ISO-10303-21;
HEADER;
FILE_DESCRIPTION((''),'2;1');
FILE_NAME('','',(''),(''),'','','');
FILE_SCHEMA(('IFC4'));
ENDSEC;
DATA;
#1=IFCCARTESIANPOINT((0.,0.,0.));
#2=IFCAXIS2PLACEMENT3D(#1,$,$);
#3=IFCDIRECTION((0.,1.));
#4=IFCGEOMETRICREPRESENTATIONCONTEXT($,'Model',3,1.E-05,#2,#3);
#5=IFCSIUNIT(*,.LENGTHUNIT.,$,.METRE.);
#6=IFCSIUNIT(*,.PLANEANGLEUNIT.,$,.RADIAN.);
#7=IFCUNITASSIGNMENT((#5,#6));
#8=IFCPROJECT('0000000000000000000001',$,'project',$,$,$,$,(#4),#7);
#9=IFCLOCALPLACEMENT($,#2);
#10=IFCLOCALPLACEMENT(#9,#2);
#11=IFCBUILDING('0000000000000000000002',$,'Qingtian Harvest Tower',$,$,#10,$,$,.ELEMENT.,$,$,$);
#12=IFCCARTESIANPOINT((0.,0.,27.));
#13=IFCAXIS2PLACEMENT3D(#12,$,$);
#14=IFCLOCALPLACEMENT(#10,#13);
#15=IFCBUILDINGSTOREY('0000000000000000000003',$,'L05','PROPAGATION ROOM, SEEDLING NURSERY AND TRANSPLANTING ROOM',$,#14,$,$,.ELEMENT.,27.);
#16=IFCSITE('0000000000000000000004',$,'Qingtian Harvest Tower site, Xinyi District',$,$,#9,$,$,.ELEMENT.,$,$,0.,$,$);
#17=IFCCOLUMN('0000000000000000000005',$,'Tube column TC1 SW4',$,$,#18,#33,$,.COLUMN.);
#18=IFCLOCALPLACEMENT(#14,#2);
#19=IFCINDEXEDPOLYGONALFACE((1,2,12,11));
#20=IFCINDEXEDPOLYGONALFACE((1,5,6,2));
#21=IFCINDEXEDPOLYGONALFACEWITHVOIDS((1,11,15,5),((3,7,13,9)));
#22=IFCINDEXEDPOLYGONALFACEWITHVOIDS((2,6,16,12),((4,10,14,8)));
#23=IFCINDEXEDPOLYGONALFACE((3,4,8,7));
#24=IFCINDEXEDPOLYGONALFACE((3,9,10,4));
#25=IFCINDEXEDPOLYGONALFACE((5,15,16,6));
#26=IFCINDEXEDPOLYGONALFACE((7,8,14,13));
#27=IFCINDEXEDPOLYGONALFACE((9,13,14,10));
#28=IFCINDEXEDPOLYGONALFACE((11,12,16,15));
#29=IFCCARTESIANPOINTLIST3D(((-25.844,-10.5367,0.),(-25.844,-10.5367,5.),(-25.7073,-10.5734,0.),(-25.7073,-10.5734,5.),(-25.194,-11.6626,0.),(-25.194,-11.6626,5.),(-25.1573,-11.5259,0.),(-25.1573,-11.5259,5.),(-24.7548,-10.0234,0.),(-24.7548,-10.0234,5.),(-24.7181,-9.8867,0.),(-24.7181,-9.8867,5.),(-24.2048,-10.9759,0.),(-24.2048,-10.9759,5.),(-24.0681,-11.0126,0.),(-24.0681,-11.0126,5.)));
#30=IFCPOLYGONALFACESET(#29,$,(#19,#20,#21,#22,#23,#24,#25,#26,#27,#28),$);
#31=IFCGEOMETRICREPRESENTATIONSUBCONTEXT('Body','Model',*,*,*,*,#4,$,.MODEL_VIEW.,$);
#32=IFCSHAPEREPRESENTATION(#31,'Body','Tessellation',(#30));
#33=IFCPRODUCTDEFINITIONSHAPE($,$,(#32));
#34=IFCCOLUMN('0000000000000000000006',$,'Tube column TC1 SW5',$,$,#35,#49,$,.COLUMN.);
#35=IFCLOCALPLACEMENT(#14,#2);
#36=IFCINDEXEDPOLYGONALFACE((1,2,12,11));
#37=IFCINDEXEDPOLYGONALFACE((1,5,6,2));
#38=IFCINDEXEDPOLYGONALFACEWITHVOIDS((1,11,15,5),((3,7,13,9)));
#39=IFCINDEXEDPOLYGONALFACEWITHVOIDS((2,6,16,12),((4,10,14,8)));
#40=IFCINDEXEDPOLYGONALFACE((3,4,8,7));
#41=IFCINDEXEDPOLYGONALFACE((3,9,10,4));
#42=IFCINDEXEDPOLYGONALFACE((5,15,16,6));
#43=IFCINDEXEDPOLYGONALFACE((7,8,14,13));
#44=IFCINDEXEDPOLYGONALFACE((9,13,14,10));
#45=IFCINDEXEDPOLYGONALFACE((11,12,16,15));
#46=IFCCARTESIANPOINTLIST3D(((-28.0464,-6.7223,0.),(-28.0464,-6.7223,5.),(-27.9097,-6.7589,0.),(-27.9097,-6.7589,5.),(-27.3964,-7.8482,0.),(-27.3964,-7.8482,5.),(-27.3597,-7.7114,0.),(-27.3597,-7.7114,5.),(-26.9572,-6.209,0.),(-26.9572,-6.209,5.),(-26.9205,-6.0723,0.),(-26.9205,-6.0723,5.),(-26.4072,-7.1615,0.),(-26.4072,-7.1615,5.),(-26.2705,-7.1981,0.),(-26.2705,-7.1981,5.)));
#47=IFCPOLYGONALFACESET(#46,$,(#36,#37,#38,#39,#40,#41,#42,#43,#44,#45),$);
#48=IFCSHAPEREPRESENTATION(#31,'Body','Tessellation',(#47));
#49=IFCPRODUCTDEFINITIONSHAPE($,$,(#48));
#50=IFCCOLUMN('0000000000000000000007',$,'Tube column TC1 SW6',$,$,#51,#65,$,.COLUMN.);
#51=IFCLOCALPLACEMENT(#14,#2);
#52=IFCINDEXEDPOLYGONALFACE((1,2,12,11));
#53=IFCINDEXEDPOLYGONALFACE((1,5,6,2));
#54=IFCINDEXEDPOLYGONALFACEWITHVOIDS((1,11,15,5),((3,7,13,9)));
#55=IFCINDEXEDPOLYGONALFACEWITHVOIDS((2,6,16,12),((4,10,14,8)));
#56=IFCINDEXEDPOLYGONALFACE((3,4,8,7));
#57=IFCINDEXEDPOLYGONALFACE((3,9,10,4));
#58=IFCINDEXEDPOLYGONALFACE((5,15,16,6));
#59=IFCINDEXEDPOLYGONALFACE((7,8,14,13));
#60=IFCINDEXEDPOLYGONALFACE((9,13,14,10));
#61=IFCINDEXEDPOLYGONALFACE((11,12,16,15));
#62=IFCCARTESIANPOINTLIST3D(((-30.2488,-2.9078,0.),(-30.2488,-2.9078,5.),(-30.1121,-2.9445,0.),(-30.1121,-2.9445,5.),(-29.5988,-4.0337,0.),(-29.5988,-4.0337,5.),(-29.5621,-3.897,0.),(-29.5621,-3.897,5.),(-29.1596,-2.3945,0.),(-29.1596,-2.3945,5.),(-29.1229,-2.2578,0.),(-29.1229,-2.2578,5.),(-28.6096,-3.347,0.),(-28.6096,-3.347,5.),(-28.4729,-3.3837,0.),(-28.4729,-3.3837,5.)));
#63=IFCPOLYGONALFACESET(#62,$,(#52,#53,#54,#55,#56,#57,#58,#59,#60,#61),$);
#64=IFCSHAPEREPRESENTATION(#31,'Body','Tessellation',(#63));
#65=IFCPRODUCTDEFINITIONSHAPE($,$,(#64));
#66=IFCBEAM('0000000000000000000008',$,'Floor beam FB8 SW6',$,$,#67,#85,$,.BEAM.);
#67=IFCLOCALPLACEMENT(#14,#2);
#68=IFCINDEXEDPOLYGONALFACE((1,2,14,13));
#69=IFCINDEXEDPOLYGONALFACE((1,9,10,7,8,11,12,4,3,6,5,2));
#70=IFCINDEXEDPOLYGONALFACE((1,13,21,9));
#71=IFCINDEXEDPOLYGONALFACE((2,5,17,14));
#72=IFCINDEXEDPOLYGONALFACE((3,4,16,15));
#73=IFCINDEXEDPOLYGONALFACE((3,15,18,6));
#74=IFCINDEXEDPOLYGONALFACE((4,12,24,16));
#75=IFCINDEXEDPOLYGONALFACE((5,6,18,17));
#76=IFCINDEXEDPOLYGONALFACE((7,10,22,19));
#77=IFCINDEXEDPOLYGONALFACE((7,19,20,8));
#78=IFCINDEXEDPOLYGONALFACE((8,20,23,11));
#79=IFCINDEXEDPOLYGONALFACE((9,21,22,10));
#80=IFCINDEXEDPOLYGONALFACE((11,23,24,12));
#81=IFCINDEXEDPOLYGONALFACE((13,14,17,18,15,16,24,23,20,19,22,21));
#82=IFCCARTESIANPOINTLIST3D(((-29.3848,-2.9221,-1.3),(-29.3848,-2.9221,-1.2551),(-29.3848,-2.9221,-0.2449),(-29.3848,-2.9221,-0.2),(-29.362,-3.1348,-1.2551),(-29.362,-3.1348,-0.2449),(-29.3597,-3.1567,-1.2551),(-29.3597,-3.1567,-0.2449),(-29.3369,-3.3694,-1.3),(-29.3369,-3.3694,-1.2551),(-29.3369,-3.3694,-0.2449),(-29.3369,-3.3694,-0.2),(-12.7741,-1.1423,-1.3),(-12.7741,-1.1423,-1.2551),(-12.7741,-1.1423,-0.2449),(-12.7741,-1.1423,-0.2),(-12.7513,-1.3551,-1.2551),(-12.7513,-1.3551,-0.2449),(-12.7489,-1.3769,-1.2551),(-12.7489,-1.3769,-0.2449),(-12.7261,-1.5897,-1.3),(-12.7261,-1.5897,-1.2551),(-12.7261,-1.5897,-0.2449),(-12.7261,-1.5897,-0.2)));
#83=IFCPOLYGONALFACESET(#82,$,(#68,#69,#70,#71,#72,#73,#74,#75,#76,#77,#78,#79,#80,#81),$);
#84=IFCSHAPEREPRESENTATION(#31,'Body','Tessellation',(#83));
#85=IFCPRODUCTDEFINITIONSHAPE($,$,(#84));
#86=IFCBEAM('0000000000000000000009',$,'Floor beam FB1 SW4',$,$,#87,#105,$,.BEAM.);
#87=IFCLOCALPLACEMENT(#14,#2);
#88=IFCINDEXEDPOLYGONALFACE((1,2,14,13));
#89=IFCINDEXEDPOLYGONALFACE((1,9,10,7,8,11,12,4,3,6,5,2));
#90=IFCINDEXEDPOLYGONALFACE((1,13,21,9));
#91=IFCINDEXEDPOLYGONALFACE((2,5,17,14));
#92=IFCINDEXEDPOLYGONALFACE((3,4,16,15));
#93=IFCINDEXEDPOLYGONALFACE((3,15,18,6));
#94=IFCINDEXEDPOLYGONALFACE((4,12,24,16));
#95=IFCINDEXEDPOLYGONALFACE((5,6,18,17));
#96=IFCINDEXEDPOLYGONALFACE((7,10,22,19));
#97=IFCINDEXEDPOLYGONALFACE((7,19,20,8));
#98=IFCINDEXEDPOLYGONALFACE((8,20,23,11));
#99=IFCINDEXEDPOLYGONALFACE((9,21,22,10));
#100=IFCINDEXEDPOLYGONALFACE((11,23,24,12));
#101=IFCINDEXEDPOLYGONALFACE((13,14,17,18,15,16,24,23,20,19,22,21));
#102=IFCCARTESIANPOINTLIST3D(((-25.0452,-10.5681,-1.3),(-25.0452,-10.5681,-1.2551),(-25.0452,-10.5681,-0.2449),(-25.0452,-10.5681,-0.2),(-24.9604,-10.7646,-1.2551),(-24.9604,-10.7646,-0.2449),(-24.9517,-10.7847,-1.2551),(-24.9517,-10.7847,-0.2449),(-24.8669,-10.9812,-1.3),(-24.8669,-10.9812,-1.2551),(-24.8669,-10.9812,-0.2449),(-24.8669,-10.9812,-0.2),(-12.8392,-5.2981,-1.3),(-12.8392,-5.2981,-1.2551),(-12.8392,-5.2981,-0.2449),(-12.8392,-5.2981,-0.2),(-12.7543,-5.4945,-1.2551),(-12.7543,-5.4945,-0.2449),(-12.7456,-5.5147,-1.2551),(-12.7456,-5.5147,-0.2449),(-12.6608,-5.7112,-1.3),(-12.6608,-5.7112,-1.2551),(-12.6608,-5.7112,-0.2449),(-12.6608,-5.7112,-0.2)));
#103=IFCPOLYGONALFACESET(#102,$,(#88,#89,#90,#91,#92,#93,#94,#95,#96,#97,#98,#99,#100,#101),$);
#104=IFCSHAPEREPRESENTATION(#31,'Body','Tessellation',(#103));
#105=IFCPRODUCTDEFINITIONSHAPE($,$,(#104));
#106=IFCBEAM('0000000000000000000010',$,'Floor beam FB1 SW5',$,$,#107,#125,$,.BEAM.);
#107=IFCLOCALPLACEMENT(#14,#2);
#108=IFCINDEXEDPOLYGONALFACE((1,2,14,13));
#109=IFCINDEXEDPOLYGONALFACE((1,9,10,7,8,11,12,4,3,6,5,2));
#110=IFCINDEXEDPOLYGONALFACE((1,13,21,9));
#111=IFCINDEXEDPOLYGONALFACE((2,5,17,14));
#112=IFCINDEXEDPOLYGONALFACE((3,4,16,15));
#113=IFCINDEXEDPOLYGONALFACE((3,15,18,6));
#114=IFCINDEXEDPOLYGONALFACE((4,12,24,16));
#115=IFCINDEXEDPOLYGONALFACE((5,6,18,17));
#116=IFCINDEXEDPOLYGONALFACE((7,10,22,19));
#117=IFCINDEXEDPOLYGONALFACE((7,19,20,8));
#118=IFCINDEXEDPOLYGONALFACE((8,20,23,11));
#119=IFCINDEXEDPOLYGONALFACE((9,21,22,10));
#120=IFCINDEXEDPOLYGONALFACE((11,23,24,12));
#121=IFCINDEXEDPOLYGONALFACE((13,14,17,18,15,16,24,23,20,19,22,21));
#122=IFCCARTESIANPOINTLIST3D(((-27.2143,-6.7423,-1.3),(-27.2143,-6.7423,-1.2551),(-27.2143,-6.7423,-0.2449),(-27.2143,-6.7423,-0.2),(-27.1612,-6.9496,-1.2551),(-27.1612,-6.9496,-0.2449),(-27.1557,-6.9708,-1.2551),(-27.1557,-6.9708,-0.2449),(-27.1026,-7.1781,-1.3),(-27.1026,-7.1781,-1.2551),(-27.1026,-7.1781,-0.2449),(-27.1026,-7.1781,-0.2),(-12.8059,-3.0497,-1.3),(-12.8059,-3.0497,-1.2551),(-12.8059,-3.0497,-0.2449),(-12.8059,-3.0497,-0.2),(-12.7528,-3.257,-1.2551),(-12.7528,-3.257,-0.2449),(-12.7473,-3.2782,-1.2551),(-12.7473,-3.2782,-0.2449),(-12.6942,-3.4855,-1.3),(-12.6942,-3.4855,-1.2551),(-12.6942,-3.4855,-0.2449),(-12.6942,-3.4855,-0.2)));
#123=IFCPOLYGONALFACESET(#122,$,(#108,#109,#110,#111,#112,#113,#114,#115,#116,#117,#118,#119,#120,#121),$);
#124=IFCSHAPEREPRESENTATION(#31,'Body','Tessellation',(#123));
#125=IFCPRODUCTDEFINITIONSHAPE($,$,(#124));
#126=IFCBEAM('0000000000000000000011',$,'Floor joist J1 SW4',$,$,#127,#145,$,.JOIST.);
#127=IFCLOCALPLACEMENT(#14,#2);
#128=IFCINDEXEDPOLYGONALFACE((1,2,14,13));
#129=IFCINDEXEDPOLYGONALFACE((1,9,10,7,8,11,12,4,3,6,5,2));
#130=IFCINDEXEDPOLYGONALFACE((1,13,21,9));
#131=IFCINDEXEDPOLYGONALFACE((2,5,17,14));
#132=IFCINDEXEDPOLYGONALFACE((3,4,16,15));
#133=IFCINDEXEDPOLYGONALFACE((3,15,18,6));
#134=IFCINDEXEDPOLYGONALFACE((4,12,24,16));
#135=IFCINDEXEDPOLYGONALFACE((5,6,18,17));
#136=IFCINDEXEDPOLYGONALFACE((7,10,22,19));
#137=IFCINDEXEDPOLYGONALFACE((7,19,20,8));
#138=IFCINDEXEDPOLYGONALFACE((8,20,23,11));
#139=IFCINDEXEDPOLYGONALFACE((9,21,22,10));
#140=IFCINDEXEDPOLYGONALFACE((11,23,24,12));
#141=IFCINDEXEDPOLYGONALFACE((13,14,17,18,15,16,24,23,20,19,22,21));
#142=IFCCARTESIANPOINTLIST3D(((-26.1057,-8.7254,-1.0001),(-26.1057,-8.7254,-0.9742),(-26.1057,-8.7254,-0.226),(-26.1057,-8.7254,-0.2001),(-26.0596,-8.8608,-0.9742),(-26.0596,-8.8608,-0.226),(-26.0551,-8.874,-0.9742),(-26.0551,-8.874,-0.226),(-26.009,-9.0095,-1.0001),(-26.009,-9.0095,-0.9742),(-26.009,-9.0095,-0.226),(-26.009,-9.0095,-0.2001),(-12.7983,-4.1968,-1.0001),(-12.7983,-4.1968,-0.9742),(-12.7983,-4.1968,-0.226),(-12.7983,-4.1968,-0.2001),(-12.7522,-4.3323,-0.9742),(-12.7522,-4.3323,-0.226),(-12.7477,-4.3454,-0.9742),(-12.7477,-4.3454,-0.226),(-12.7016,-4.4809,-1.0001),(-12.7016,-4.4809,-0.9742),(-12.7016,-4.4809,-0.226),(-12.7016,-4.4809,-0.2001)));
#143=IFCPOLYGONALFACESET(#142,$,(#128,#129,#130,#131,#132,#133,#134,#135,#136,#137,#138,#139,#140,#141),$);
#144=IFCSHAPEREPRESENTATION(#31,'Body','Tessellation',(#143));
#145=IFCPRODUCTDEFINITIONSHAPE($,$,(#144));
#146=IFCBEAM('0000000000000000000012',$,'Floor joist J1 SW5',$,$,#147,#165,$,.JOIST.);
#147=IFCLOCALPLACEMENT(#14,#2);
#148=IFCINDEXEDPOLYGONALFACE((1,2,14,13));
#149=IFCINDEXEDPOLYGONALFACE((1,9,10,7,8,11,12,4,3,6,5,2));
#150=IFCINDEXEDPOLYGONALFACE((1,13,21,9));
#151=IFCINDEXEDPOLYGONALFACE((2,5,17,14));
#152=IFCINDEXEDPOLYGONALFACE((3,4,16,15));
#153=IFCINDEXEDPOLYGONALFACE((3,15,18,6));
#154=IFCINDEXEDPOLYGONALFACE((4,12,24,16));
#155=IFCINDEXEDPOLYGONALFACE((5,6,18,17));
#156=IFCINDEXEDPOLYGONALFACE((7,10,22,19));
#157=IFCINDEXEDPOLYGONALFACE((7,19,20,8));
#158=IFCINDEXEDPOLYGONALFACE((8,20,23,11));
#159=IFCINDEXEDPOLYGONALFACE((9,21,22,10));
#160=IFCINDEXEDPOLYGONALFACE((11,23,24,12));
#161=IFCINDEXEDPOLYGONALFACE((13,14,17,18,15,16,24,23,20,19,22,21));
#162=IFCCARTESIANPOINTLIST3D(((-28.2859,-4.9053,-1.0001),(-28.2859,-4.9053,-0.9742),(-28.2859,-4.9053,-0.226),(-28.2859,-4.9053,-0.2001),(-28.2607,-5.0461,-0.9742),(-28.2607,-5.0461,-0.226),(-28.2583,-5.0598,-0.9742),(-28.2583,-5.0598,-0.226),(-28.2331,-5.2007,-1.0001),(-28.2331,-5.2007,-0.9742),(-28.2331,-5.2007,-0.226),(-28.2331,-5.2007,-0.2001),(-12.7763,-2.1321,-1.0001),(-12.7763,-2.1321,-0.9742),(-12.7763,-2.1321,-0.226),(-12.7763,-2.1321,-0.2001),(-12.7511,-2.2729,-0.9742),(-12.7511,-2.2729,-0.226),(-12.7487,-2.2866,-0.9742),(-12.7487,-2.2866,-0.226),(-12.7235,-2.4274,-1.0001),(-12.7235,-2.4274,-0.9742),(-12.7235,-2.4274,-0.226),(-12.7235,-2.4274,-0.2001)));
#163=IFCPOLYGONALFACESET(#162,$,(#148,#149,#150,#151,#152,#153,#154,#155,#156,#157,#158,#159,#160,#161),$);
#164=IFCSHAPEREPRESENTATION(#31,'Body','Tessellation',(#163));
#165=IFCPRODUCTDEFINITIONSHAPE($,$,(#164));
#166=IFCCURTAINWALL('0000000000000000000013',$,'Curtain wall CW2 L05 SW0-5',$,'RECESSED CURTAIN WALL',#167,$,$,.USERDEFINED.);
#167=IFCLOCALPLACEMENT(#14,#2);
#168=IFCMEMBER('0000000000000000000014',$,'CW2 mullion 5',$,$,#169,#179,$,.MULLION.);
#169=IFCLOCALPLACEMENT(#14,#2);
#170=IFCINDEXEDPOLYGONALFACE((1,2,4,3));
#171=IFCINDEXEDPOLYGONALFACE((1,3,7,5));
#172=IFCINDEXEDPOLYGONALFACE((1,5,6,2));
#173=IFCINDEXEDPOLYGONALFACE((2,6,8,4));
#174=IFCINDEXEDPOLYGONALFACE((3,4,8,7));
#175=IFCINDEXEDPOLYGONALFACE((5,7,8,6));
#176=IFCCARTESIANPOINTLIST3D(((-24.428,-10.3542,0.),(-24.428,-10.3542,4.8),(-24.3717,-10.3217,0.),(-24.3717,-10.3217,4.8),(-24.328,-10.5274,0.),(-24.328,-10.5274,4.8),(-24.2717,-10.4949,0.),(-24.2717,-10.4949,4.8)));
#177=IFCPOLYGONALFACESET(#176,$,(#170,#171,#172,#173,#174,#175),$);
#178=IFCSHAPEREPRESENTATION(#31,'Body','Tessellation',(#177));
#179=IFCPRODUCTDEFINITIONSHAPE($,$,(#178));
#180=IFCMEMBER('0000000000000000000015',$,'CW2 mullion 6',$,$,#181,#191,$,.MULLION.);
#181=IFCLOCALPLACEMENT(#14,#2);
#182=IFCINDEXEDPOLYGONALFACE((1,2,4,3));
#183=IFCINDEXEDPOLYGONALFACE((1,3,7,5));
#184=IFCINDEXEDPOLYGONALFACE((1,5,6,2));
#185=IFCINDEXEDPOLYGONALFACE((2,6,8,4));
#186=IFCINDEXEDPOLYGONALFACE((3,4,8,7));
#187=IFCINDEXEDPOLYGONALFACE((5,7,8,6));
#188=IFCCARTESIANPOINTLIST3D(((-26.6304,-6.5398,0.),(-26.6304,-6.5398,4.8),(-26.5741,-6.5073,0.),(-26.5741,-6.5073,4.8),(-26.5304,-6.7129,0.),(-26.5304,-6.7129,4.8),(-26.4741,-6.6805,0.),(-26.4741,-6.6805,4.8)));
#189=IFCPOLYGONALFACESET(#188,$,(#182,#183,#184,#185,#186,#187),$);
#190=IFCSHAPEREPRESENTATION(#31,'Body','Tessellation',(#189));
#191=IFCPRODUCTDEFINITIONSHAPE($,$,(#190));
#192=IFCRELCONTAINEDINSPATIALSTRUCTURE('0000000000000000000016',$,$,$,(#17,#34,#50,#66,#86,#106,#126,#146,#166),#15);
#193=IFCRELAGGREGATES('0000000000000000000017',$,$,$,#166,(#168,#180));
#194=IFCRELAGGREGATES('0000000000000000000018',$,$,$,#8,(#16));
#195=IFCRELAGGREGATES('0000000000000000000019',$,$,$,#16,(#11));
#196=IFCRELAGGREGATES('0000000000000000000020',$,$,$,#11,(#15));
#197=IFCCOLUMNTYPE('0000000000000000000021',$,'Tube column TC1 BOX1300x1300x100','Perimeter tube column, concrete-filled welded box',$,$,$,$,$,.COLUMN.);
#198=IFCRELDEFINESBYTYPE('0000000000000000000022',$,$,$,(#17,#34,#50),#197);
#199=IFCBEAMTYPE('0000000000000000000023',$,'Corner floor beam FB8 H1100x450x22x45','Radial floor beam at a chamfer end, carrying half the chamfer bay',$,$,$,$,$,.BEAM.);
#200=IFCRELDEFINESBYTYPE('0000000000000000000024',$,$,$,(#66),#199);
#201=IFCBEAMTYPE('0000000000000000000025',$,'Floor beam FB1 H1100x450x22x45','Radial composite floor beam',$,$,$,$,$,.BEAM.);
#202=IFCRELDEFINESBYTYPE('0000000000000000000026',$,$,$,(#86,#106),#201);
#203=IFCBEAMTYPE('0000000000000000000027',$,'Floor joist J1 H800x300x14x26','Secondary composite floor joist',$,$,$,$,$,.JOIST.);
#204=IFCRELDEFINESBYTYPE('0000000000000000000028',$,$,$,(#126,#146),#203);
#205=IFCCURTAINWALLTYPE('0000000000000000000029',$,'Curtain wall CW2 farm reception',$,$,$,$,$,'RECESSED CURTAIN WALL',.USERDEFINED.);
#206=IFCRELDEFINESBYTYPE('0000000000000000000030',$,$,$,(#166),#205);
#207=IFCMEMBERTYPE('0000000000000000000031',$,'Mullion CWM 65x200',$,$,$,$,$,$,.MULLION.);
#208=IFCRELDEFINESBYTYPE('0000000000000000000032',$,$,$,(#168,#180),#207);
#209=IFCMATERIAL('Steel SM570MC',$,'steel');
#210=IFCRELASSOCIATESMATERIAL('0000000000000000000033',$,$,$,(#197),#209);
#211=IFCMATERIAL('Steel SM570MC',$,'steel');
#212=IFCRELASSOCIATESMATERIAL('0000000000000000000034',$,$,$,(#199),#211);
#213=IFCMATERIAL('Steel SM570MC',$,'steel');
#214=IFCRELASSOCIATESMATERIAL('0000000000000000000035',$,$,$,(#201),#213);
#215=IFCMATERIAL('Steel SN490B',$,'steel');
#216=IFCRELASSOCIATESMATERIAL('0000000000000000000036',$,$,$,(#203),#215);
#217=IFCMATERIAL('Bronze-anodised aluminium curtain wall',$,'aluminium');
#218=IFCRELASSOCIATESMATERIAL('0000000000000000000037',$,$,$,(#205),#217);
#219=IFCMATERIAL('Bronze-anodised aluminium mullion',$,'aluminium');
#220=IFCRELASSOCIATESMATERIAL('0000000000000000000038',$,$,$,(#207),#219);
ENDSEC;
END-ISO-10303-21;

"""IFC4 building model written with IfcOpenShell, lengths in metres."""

from ifc_helpers import new_model, si_unit, direction, frame, origin, origin_2d, place, context, subcontext, project, spatial, rectangle, hollow_rectangle, i_section, extrude, material, material_profile, profile_set, type_object, element, aggregate, save


model = new_model("IFC4")

# Units and contexts
model_context = context("Model", 3, precision=1e-05, world=origin(), true_north=direction((0.0, 1.0)))
body_context = subcontext(model_context, "Body", "Model", "MODEL_VIEW")
ifc_project = project(units=[si_unit("LENGTHUNIT", "METRE"), si_unit("PLANEANGLEUNIT", "RADIAN")], contexts=[model_context])

# Site, building, storey
site_placement = place(None, origin())
site = spatial("IfcSite", under=ifc_project, at=site_placement, Name="Qingtian Harvest Tower site, Xinyi District", CompositionType="ELEMENT", RefElevation=0.0)
building_placement = place(site_placement, origin())
building = spatial("IfcBuilding", under=site, at=building_placement, Name="Qingtian Harvest Tower", CompositionType="ELEMENT")
storey_placement = place(building_placement, frame((0.0, 0.0, 27.0)))
storey = spatial("IfcBuildingStorey", under=building, at=storey_placement, Name="L05", Description="PROPAGATION ROOM, SEEDLING NURSERY AND TRANSPLANTING ROOM", CompositionType="ELEMENT", Elevation=27.0)

# Columns
ifc_material_1 = material(Name="Steel SM570MC", Category="steel")
ifc_material_profile_1 = material_profile(ifc_material_1, hollow_rectangle(XDim=1.3, YDim=1.3, WallThickness=0.1001, at=origin_2d()), Name="BOX1300x1300x100")
ifc_profile_set_1 = profile_set([ifc_material_profile_1], Name="Steel SM570MC")
column_type = type_object("IfcColumnType", Name="Tube column TC1 BOX1300x1300x100", Description="Perimeter tube column, concrete-filled welded box", PredefinedType="COLUMN", material=ifc_profile_set_1)
for number, where, z_axis, x_axis, name in (
    (1, (-24.9561, -10.7747, 0.0), (0.0, 0.0, 1.0), (0.5, -0.866025, 0.0), "Tube column TC1 SW4"),
    (2, (-27.1584, -6.9602, 0.0), (0.0, 0.0, 1.0), (0.5, -0.866025, 0.0), "Tube column TC1 SW5"),
    (3, (-29.3608, -3.1458, 0.0), (0.0, 0.0, 1.0), (0.5, -0.866025, 0.0), "Tube column TC1 SW6"),
):
    element("IfcColumn", number, at=place(storey_placement, frame(where, z_axis=z_axis, x_axis=x_axis)), inside=storey, type_object=column_type, Name=name, PredefinedType="COLUMN", context=body_context, shape_type="SweptSolid", body=[
        extrude(hollow_rectangle(XDim=1.3, YDim=1.3, WallThickness=0.1001, at=origin_2d()), origin(), (0.0, 0.0, 1.0), 5.0),
    ])

# Beams
ifc_material_2 = material(Name="Steel SM570MC", Category="steel")
ifc_material_profile_2 = material_profile(ifc_material_2, i_section(OverallWidth=0.45, OverallDepth=1.1001, WebThickness=0.022, FlangeThickness=0.0449, at=origin_2d()), Name="H1100x450x22x45")
ifc_profile_set_2 = profile_set([ifc_material_profile_2], Name="Steel SM570MC")
beam_type_1 = type_object("IfcBeamType", Name="Corner floor beam FB8 H1100x450x22x45", Description="Radial floor beam at a chamfer end, carrying half the chamfer bay", PredefinedType="BEAM", material=ifc_profile_set_2)
beam_1_placement = place(storey_placement, frame((-29.3608, -3.1458, -0.75), z_axis=(0.994309, 0.106536, 0.0), x_axis=(-0.106536, 0.994309, 0.0)))
element("IfcBeam", 4, at=beam_1_placement, inside=storey, type_object=beam_type_1, Name="Floor beam FB8 SW6", PredefinedType="BEAM", context=body_context, shape_type="SweptSolid", body=[
    extrude(i_section(OverallWidth=0.45, OverallDepth=1.1001, WebThickness=0.022, FlangeThickness=0.0449, at=origin_2d()), origin(), (0.0, 0.0, 1.0), 16.7058),
])
ifc_material_3 = material(Name="Steel SM570MC", Category="steel")
ifc_material_profile_3 = material_profile(ifc_material_3, i_section(OverallWidth=0.45, OverallDepth=1.1001, WebThickness=0.022, FlangeThickness=0.0449, at=origin_2d()), Name="H1100x450x22x45")
ifc_profile_set_3 = profile_set([ifc_material_profile_3], Name="Steel SM570MC")
beam_type_2 = type_object("IfcBeamType", Name="Floor beam FB1 H1100x450x22x45", Description="Radial composite floor beam", PredefinedType="BEAM", material=ifc_profile_set_3)
beam_2_placement = place(storey_placement, frame((-24.9561, -10.7747, -0.75), z_axis=(0.918084, 0.396387, 0.0), x_axis=(-0.396387, 0.918084, 0.0)))
element("IfcBeam", 5, at=beam_2_placement, inside=storey, type_object=beam_type_2, Name="Floor beam FB1 SW4", PredefinedType="BEAM", context=body_context, shape_type="SweptSolid", body=[
    extrude(i_section(OverallWidth=0.45, OverallDepth=1.1001, WebThickness=0.022, FlangeThickness=0.0449, at=origin_2d()), origin(), (0.0, 0.0, 1.0), 13.2952),
])
beam_3_placement = place(storey_placement, frame((-27.1584, -6.9602, -0.75), z_axis=(0.968694, 0.248259, 0.0), x_axis=(-0.248259, 0.968694, 0.0)))
element("IfcBeam", 6, at=beam_3_placement, inside=storey, type_object=beam_type_2, Name="Floor beam FB1 SW5", PredefinedType="BEAM", context=body_context, shape_type="SweptSolid", body=[
    extrude(i_section(OverallWidth=0.45, OverallDepth=1.1001, WebThickness=0.022, FlangeThickness=0.0449, at=origin_2d()), origin(), (0.0, 0.0, 1.0), 14.874),
])
ifc_material_4 = material(Name="Steel SN490B", Category="steel")
ifc_material_profile_4 = material_profile(ifc_material_4, i_section(OverallWidth=0.3, OverallDepth=0.8, WebThickness=0.0139, FlangeThickness=0.0259, at=origin_2d()), Name="H800x300x14x26")
ifc_profile_set_4 = profile_set([ifc_material_profile_4], Name="Steel SN490B")
beam_type_3 = type_object("IfcBeamType", Name="Floor joist J1 H800x300x14x26", Description="Secondary composite floor joist", PredefinedType="JOIST", material=ifc_profile_set_4)
beam_4_placement = place(storey_placement, frame((-26.0574, -8.8674, -0.6001), z_axis=(0.946685, 0.322161, 0.0), x_axis=(-0.322161, 0.946685, 0.0)))
element("IfcBeam", 7, at=beam_4_placement, inside=storey, type_object=beam_type_3, Name="Floor joist J1 SW4", PredefinedType="JOIST", context=body_context, shape_type="SweptSolid", body=[
    extrude(i_section(OverallWidth=0.3, OverallDepth=0.8, WebThickness=0.0139, FlangeThickness=0.0259, at=origin_2d()), origin(), (0.0, 0.0, 1.0), 14.0569),
])
beam_5_placement = place(storey_placement, frame((-28.2595, -5.053, -0.6001), z_axis=(0.984388, 0.176014, 0.0), x_axis=(-0.176014, 0.984388, 0.0)))
element("IfcBeam", 8, at=beam_5_placement, inside=storey, type_object=beam_type_3, Name="Floor joist J1 SW5", PredefinedType="JOIST", context=body_context, shape_type="SweptSolid", body=[
    extrude(i_section(OverallWidth=0.3, OverallDepth=0.8, WebThickness=0.0139, FlangeThickness=0.0259, at=origin_2d()), origin(), (0.0, 0.0, 1.0), 15.7556),
])

# Curtain wall, members
ifc_material_5 = material(Name="Bronze-anodised aluminium curtain wall", Category="aluminium")
curtain_wall_type = type_object("IfcCurtainWallType", Name="Curtain wall CW2 farm reception", ElementType="RECESSED CURTAIN WALL", PredefinedType="USERDEFINED", material=ifc_material_5)
curtain_wall_1_placement = place(storey_placement, origin())
curtain_wall_1 = element("IfcCurtainWall", 9, at=curtain_wall_1_placement, inside=storey, type_object=curtain_wall_type, Name="Curtain wall CW2 L05 SW0-5", ObjectType="RECESSED CURTAIN WALL", PredefinedType="USERDEFINED")
ifc_material_6 = material(Name="Bronze-anodised aluminium mullion", Category="aluminium")
ifc_material_profile_5 = material_profile(ifc_material_6, rectangle(XDim=0.0649, YDim=0.2, at=origin_2d()), Name="AL 65x200")
ifc_profile_set_5 = profile_set([ifc_material_profile_5], Name="Bronze-anodised aluminium mullion")
member_type_1 = type_object("IfcMemberType", Name="Mullion CWM 65x200", PredefinedType="MULLION", material=ifc_profile_set_5)
member_1_placement = place(storey_placement, frame((-24.3499, -10.4246, 0.0), z_axis=(0.0, 0.0, 1.0), x_axis=(-0.866025, -0.5, 0.0)))
member_1 = element("IfcMember", 10, at=member_1_placement, type_object=member_type_1, Name="CW2 mullion 5", PredefinedType="MULLION", context=body_context, shape_type="SweptSolid", body=[
    extrude(rectangle(XDim=0.0649, YDim=0.2, at=origin_2d()), origin(), (0.0, 0.0, 1.0), 4.8),
])
member_2_placement = place(storey_placement, frame((-26.5522, -6.6101, 0.0), z_axis=(0.0, 0.0, 1.0), x_axis=(-0.866025, -0.5, 0.0)))
member_2 = element("IfcMember", 11, at=member_2_placement, type_object=member_type_1, Name="CW2 mullion 6", PredefinedType="MULLION", context=body_context, shape_type="SweptSolid", body=[
    extrude(rectangle(XDim=0.0649, YDim=0.2, at=origin_2d()), origin(), (0.0, 0.0, 1.0), 4.8),
])

aggregate(curtain_wall_1, [member_1, member_2])

save(model, "model.ifc")
